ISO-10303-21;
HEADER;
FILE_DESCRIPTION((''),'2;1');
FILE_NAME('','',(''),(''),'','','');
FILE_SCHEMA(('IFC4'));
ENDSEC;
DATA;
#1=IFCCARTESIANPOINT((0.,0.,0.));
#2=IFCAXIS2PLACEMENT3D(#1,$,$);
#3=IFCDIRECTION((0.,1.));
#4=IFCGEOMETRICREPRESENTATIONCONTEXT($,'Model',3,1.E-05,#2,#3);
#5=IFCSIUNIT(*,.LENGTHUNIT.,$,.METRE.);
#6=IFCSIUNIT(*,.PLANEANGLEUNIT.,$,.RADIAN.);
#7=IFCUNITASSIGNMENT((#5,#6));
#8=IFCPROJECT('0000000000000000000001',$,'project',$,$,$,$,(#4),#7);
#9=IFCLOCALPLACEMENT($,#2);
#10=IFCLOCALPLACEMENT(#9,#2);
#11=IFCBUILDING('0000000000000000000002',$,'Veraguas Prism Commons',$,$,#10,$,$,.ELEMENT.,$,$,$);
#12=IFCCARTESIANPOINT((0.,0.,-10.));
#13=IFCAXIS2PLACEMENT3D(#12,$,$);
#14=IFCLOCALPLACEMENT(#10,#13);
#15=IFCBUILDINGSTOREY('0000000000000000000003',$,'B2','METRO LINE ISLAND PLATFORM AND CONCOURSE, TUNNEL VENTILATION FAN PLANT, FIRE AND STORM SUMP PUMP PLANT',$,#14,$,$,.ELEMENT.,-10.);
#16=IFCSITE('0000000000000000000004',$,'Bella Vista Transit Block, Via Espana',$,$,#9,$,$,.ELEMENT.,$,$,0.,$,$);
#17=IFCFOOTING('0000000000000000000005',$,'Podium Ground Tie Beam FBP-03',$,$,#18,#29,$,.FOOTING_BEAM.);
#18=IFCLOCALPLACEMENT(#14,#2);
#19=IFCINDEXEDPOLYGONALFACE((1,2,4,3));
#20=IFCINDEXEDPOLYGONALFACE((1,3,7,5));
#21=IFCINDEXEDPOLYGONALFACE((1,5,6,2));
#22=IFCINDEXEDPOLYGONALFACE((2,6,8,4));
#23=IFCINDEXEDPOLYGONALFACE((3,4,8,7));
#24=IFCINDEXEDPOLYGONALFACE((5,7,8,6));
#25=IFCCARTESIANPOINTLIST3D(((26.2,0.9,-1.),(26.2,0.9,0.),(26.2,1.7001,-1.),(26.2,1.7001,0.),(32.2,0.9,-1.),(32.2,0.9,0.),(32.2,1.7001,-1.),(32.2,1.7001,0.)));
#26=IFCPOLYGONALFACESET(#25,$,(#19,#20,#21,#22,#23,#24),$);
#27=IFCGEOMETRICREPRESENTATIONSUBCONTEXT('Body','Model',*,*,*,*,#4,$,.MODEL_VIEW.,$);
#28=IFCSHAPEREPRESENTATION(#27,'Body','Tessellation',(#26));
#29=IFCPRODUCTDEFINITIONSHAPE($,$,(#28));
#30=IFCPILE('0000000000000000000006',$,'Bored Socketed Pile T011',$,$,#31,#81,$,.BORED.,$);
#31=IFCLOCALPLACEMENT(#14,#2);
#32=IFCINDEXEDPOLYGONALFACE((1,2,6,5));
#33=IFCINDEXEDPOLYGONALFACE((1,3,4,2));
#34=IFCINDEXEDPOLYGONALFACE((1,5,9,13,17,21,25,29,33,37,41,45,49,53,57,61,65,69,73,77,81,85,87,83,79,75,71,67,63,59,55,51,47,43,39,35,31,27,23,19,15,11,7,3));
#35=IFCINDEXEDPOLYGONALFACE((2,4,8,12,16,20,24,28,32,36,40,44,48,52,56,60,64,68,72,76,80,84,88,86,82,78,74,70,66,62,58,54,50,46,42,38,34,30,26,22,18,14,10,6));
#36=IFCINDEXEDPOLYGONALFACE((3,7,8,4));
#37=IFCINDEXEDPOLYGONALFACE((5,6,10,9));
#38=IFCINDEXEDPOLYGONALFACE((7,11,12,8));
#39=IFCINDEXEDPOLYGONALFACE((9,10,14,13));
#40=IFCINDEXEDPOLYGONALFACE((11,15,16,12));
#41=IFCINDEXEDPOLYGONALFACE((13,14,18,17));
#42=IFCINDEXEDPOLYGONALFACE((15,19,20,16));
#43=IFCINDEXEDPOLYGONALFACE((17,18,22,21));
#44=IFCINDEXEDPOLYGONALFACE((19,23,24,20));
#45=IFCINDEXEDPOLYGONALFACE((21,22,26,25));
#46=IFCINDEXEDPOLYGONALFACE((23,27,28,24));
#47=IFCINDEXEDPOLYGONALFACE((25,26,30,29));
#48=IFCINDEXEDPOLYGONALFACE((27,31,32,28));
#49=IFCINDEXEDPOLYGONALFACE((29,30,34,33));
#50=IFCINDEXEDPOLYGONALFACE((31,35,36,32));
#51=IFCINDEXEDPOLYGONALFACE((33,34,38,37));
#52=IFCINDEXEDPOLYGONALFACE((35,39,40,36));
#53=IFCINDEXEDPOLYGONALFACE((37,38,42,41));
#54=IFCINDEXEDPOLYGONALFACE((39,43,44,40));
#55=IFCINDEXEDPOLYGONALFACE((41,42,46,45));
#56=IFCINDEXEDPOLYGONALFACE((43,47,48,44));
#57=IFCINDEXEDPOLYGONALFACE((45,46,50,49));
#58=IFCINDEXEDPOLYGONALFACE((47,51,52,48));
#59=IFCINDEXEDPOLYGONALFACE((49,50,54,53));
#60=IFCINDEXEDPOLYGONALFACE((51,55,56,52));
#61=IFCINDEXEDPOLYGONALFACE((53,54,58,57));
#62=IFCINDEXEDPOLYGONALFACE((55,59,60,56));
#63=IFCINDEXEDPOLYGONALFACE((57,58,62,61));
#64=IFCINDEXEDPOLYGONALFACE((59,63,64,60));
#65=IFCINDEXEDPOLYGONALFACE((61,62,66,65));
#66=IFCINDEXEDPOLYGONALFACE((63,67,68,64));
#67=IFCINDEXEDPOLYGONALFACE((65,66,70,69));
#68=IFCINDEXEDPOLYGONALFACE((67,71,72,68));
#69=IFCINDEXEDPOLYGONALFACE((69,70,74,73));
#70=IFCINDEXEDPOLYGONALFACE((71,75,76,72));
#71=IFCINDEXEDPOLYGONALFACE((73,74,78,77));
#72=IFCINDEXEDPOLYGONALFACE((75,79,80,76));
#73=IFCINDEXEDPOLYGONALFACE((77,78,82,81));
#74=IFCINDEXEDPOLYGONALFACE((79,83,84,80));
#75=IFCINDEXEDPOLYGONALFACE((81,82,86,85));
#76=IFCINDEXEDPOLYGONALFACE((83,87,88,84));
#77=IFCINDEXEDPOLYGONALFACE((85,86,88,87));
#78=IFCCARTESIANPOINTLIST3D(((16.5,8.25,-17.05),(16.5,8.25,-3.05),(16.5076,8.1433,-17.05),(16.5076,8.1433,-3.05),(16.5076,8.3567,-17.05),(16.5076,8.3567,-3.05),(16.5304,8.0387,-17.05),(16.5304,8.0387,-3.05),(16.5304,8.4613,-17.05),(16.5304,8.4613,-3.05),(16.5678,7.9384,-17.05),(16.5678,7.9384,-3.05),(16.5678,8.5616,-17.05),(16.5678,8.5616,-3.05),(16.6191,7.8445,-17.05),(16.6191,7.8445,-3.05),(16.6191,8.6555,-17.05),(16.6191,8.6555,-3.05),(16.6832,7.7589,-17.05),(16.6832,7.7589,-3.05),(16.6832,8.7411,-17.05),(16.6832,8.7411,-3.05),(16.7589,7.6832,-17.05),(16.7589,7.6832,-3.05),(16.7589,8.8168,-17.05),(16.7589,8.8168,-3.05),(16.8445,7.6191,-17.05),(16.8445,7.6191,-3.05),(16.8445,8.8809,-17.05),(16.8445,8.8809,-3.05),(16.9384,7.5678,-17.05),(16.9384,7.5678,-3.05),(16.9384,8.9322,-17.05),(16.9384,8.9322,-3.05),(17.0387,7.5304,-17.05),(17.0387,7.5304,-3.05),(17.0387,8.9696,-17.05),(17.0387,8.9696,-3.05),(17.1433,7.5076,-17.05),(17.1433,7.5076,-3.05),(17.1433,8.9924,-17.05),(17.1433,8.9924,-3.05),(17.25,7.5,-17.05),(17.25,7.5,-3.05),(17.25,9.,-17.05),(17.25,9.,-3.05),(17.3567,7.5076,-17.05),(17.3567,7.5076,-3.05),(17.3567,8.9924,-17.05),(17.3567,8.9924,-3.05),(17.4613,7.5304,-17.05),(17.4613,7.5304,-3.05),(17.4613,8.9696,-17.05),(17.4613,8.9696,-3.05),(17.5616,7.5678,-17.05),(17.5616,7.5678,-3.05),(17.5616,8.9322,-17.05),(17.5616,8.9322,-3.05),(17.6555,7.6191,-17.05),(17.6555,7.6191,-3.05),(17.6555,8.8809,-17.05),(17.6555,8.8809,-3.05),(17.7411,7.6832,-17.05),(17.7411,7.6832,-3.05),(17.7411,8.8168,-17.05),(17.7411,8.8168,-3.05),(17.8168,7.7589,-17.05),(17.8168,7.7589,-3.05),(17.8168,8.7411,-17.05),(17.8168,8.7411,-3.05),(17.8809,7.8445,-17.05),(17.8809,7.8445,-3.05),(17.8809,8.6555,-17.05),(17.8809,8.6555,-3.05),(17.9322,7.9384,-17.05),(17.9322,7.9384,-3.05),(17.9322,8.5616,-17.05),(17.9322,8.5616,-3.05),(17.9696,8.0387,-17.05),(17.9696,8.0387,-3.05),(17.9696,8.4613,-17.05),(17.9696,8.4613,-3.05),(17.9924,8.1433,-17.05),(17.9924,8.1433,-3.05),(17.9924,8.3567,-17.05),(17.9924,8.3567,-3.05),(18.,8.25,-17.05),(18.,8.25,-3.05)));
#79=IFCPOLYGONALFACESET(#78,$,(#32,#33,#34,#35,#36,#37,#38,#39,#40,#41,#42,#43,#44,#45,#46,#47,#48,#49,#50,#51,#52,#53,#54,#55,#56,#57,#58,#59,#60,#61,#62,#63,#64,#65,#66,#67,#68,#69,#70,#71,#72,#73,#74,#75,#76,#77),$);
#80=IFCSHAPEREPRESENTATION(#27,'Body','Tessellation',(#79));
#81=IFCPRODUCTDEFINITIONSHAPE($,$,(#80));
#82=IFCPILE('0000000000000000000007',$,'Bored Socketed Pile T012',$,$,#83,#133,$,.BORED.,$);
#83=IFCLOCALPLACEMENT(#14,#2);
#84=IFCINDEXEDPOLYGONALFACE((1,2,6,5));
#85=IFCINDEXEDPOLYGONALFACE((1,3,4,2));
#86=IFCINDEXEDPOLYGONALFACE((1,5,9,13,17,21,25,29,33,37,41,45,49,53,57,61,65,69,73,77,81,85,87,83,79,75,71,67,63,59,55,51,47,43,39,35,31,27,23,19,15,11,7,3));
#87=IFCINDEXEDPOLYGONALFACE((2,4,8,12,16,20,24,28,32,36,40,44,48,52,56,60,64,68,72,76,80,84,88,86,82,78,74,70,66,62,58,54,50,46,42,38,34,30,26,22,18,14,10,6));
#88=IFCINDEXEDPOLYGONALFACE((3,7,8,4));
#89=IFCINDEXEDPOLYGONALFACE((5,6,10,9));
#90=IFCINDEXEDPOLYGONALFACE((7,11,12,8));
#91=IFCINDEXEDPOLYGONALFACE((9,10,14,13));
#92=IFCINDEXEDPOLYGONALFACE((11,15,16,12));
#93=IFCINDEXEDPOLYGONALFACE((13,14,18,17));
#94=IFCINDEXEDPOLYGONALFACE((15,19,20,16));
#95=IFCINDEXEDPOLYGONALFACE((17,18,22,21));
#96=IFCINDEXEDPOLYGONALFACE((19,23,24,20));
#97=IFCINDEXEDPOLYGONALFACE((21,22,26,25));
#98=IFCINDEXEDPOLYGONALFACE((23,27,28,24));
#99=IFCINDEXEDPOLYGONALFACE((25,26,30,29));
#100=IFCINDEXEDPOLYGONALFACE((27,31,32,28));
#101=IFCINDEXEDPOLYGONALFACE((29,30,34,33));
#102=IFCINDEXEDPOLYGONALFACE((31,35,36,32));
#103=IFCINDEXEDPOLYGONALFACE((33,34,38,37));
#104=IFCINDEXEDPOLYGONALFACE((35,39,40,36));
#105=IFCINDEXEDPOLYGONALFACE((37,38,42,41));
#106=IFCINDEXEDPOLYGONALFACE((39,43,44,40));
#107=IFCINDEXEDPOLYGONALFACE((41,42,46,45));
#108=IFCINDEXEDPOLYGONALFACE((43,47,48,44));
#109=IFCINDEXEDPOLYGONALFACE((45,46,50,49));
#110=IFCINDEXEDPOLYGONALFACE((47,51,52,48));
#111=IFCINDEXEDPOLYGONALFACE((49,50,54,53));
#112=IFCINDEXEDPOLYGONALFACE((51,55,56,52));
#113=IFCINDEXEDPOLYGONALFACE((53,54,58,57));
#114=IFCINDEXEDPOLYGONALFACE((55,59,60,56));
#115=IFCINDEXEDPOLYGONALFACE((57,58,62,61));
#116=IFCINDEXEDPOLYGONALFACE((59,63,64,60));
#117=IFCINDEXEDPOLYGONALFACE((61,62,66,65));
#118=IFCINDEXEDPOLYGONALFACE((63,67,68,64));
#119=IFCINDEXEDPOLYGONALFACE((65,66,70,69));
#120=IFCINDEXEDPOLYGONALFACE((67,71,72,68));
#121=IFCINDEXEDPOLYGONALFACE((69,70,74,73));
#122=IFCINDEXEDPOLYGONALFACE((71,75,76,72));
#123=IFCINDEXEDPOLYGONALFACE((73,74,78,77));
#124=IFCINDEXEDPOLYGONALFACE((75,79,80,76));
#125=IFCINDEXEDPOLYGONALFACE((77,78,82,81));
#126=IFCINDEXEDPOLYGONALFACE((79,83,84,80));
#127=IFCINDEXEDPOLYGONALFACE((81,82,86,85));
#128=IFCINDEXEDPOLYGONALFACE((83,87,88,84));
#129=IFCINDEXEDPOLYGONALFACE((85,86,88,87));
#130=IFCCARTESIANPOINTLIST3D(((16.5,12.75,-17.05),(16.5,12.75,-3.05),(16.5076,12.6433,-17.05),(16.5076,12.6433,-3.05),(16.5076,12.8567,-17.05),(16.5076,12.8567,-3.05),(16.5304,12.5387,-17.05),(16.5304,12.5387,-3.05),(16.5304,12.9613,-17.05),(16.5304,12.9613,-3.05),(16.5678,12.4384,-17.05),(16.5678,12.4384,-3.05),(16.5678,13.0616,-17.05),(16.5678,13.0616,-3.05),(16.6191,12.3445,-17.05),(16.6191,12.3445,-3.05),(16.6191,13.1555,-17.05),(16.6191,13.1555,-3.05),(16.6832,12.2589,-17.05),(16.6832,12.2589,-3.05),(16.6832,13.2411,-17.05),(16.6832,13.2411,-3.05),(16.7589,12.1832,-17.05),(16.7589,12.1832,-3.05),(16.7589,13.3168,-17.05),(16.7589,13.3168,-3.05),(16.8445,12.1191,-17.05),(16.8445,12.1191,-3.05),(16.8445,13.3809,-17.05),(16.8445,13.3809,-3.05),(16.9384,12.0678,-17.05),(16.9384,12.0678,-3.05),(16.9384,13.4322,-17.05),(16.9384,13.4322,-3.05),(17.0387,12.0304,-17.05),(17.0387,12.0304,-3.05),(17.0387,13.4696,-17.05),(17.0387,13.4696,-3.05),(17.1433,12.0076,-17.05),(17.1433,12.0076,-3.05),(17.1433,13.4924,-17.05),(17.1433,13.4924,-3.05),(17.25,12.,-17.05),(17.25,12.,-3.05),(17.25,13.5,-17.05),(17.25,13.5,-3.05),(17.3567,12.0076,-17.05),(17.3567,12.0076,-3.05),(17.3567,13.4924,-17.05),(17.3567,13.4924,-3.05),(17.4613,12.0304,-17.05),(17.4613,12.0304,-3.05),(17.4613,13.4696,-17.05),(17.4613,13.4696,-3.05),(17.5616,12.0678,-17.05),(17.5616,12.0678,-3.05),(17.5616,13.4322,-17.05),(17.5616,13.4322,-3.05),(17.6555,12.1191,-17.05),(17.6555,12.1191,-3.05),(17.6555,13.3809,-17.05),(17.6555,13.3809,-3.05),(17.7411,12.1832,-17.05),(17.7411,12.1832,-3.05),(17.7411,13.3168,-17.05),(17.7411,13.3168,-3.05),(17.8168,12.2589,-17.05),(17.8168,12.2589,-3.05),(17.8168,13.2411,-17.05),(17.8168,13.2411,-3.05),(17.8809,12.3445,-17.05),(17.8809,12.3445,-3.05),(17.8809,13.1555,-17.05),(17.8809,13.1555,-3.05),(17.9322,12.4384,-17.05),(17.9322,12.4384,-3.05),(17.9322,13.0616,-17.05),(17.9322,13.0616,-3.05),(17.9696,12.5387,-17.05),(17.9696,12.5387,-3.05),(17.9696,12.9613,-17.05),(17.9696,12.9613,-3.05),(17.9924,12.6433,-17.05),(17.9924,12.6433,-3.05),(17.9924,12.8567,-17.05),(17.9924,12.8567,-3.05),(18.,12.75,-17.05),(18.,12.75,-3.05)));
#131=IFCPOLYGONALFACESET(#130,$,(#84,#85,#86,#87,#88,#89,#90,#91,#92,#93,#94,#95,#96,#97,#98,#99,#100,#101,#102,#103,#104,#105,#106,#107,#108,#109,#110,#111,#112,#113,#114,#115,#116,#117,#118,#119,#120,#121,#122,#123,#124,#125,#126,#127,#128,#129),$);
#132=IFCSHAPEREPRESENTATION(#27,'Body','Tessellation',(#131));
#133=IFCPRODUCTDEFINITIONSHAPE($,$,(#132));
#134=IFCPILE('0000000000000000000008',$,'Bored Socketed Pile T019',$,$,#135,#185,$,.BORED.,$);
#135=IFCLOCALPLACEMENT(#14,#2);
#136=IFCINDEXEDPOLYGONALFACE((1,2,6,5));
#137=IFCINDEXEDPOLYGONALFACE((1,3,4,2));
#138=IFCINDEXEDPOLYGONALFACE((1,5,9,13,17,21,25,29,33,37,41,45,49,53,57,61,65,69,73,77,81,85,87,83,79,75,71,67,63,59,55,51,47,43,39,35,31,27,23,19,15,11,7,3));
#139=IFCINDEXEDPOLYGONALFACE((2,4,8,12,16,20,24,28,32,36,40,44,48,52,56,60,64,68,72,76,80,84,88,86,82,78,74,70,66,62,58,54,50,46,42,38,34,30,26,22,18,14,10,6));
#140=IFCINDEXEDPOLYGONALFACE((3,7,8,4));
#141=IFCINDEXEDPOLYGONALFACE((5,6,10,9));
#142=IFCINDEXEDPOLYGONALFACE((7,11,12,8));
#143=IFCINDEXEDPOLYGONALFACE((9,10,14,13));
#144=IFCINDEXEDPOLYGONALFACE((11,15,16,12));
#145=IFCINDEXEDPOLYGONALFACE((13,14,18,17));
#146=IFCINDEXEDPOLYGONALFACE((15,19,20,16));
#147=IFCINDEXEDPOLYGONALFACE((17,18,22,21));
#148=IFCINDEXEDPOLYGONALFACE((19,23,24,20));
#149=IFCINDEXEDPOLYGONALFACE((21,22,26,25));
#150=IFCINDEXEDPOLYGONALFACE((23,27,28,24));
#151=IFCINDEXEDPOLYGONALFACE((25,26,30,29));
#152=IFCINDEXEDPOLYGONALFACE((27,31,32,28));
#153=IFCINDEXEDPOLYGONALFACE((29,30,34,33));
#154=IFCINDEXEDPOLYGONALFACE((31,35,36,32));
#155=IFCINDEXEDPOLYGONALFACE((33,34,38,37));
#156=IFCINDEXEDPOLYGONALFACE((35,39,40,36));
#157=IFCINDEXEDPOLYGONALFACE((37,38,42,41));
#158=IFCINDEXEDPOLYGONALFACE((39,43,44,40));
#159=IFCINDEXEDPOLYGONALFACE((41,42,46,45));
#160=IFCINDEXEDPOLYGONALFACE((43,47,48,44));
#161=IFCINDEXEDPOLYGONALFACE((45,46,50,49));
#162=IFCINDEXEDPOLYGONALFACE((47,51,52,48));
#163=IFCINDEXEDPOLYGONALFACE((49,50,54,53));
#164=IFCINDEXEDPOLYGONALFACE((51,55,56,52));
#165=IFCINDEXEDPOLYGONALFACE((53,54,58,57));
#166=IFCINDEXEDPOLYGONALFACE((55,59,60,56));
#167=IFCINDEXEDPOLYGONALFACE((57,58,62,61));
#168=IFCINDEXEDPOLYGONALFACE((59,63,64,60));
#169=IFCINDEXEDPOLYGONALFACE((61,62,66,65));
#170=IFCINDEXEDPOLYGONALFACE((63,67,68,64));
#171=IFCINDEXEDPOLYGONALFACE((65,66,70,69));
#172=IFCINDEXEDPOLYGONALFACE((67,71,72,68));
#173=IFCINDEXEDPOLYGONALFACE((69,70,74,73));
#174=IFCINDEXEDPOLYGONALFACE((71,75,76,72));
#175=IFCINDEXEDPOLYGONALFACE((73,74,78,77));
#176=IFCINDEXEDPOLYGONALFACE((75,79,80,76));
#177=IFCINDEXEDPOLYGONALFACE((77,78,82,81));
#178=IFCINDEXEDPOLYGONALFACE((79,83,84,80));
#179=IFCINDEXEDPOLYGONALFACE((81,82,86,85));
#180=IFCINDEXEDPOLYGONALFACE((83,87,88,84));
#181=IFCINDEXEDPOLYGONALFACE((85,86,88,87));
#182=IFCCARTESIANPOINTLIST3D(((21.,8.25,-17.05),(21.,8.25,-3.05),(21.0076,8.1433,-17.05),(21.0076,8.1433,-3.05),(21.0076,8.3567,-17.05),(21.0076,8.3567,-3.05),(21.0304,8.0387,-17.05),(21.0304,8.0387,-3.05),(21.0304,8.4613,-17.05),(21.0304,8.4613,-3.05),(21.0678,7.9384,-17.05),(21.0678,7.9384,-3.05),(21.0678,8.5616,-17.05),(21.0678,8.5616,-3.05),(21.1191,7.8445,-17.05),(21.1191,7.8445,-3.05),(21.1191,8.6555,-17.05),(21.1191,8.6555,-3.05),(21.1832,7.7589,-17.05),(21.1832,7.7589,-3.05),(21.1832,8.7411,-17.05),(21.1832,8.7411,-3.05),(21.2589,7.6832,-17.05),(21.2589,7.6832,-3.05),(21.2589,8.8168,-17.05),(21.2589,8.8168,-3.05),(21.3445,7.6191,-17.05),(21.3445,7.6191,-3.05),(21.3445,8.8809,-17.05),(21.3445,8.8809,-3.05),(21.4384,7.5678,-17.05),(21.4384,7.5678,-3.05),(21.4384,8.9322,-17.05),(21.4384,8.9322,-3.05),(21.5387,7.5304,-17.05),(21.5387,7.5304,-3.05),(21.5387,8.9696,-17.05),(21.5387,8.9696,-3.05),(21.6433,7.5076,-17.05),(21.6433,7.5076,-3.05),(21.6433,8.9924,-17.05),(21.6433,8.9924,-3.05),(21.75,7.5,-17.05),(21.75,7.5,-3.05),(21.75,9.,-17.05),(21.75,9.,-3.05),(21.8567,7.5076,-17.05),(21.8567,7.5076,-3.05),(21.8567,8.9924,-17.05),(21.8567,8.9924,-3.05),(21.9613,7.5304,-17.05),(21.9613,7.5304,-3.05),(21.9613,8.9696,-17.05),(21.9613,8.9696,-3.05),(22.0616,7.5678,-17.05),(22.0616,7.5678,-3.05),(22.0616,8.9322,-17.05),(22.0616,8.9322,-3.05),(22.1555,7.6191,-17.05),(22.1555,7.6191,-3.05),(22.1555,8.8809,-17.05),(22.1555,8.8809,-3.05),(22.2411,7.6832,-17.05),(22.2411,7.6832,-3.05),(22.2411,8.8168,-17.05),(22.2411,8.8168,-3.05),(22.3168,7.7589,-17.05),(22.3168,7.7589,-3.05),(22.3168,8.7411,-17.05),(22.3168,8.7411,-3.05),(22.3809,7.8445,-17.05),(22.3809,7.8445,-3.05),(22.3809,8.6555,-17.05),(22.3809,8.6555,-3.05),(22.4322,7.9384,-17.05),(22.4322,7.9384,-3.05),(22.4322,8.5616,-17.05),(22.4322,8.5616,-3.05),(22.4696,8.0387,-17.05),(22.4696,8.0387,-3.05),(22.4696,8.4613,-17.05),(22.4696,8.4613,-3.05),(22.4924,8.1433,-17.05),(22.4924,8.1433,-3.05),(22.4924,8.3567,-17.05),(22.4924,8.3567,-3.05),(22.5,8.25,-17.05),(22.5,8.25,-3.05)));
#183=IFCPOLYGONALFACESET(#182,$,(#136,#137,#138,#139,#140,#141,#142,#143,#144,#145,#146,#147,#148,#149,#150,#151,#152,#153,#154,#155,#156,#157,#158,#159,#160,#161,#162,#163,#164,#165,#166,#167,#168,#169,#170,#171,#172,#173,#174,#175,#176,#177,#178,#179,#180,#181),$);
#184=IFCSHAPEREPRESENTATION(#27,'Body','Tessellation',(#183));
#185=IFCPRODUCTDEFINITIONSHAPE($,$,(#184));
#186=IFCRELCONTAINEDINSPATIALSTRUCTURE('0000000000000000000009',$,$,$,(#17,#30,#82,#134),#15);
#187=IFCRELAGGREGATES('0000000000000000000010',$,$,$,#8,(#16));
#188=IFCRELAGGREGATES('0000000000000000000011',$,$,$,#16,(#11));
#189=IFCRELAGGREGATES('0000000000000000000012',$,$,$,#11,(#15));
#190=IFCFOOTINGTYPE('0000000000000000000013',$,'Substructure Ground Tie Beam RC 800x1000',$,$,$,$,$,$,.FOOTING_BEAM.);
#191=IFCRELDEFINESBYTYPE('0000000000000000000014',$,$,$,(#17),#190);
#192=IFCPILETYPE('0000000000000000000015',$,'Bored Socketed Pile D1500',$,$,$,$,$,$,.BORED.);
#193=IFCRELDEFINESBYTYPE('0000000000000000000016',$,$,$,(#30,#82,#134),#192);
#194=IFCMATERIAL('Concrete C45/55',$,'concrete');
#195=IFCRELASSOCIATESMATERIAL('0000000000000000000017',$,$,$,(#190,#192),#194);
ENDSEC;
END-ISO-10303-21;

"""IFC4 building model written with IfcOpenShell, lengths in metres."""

from ifc_helpers import new_model, si_unit, direction, frame, origin, origin_2d, place, context, subcontext, project, spatial, rectangle, circle, extrude, source, transform, mapped, material, material_profile, profile_set, type_object, element, save


model = new_model("IFC4")

# Units and contexts
model_context = context("Model", 3, precision=1e-05, world=origin(), true_north=direction((0.0, 1.0)))
body_context = subcontext(model_context, "Body", "Model", "MODEL_VIEW")
ifc_project = project(units=[si_unit("LENGTHUNIT", "METRE"), si_unit("PLANEANGLEUNIT", "RADIAN")], contexts=[model_context])

# Site, building, storey
site_placement = place(None, origin())
site = spatial("IfcSite", under=ifc_project, at=site_placement, Name="Bella Vista Transit Block, Via Espana", CompositionType="ELEMENT", RefElevation=0.0)
building_placement = place(site_placement, origin())
building = spatial("IfcBuilding", under=site, at=building_placement, Name="Veraguas Prism Commons", CompositionType="ELEMENT")
storey_placement = place(building_placement, frame((0.0, 0.0, -10.0)))
storey = spatial("IfcBuildingStorey", under=building, at=storey_placement, Name="B2", Description="METRO LINE ISLAND PLATFORM AND CONCOURSE, TUNNEL VENTILATION FAN PLANT, FIRE AND STORM SUMP PUMP PLANT", CompositionType="ELEMENT", Elevation=-10.0)

# Footing
ifc_material_1 = material(Name="Concrete C45/55", Category="concrete")
ifc_material_profile_1 = material_profile(ifc_material_1, rectangle(XDim=0.8, YDim=1.0, at=origin_2d()), Name="RC800X1000")
ifc_profile_set_1 = profile_set([ifc_material_profile_1], Name="Concrete C45/55")
footing_type_1 = type_object("IfcFootingType", Name="Substructure Ground Tie Beam RC 800x1000", PredefinedType="FOOTING_BEAM", material=ifc_profile_set_1)
footing_placement = place(storey_placement, frame((26.2, 1.3, -0.5), z_axis=(1.0, 0.0, 0.0), x_axis=(0.0, 1.0, 0.0)))
element("IfcFooting", 1, at=footing_placement, inside=storey, type_object=footing_type_1, Name="Podium Ground Tie Beam FBP-03", PredefinedType="FOOTING_BEAM", context=body_context, shape_type="SweptSolid", body=[
    extrude(rectangle(XDim=0.8, YDim=1.0, at=origin_2d()), origin(), (0.0, 0.0, 1.0), 6.0),
])

# Piles
ifc_material_profile_2 = material_profile(ifc_material_1, circle(Radius=0.75, at=origin_2d()), Name="PILE1500")
ifc_profile_set_2 = profile_set([ifc_material_profile_2], Name="Concrete C45/55")
pile_type_1 = type_object("IfcPileType", Name="Bored Socketed Pile D1500", PredefinedType="BORED", material=ifc_profile_set_2)
shared_shape_1 = source(origin(), body_context, "Body", "SweptSolid", [
    extrude(circle(Radius=0.75, at=origin_2d()), origin(), (0.0, 0.0, 1.0), 14.0),
])
for number, where, z_axis, x_axis, name in (
    (2, (17.25, 8.25, -3.05), (0.0, 0.0, -1.0), (1.0, 0.0, 0.0), "Bored Socketed Pile T011"),
    (3, (17.25, 12.75, -3.05), (0.0, 0.0, -1.0), (1.0, 0.0, 0.0), "Bored Socketed Pile T012"),
    (4, (21.75, 8.25, -3.05), (0.0, 0.0, -1.0), (1.0, 0.0, 0.0), "Bored Socketed Pile T019"),
):
    element("IfcPile", number, at=place(storey_placement, frame(where, z_axis=z_axis, x_axis=x_axis)), inside=storey, type_object=pile_type_1, Name=name, PredefinedType="BORED", context=body_context, shape_type="MappedRepresentation", body=[
        mapped(shared_shape_1, transform((0.0, 0.0, 0.0), scale=1.0)),
    ])

save(model, "model.ifc")
